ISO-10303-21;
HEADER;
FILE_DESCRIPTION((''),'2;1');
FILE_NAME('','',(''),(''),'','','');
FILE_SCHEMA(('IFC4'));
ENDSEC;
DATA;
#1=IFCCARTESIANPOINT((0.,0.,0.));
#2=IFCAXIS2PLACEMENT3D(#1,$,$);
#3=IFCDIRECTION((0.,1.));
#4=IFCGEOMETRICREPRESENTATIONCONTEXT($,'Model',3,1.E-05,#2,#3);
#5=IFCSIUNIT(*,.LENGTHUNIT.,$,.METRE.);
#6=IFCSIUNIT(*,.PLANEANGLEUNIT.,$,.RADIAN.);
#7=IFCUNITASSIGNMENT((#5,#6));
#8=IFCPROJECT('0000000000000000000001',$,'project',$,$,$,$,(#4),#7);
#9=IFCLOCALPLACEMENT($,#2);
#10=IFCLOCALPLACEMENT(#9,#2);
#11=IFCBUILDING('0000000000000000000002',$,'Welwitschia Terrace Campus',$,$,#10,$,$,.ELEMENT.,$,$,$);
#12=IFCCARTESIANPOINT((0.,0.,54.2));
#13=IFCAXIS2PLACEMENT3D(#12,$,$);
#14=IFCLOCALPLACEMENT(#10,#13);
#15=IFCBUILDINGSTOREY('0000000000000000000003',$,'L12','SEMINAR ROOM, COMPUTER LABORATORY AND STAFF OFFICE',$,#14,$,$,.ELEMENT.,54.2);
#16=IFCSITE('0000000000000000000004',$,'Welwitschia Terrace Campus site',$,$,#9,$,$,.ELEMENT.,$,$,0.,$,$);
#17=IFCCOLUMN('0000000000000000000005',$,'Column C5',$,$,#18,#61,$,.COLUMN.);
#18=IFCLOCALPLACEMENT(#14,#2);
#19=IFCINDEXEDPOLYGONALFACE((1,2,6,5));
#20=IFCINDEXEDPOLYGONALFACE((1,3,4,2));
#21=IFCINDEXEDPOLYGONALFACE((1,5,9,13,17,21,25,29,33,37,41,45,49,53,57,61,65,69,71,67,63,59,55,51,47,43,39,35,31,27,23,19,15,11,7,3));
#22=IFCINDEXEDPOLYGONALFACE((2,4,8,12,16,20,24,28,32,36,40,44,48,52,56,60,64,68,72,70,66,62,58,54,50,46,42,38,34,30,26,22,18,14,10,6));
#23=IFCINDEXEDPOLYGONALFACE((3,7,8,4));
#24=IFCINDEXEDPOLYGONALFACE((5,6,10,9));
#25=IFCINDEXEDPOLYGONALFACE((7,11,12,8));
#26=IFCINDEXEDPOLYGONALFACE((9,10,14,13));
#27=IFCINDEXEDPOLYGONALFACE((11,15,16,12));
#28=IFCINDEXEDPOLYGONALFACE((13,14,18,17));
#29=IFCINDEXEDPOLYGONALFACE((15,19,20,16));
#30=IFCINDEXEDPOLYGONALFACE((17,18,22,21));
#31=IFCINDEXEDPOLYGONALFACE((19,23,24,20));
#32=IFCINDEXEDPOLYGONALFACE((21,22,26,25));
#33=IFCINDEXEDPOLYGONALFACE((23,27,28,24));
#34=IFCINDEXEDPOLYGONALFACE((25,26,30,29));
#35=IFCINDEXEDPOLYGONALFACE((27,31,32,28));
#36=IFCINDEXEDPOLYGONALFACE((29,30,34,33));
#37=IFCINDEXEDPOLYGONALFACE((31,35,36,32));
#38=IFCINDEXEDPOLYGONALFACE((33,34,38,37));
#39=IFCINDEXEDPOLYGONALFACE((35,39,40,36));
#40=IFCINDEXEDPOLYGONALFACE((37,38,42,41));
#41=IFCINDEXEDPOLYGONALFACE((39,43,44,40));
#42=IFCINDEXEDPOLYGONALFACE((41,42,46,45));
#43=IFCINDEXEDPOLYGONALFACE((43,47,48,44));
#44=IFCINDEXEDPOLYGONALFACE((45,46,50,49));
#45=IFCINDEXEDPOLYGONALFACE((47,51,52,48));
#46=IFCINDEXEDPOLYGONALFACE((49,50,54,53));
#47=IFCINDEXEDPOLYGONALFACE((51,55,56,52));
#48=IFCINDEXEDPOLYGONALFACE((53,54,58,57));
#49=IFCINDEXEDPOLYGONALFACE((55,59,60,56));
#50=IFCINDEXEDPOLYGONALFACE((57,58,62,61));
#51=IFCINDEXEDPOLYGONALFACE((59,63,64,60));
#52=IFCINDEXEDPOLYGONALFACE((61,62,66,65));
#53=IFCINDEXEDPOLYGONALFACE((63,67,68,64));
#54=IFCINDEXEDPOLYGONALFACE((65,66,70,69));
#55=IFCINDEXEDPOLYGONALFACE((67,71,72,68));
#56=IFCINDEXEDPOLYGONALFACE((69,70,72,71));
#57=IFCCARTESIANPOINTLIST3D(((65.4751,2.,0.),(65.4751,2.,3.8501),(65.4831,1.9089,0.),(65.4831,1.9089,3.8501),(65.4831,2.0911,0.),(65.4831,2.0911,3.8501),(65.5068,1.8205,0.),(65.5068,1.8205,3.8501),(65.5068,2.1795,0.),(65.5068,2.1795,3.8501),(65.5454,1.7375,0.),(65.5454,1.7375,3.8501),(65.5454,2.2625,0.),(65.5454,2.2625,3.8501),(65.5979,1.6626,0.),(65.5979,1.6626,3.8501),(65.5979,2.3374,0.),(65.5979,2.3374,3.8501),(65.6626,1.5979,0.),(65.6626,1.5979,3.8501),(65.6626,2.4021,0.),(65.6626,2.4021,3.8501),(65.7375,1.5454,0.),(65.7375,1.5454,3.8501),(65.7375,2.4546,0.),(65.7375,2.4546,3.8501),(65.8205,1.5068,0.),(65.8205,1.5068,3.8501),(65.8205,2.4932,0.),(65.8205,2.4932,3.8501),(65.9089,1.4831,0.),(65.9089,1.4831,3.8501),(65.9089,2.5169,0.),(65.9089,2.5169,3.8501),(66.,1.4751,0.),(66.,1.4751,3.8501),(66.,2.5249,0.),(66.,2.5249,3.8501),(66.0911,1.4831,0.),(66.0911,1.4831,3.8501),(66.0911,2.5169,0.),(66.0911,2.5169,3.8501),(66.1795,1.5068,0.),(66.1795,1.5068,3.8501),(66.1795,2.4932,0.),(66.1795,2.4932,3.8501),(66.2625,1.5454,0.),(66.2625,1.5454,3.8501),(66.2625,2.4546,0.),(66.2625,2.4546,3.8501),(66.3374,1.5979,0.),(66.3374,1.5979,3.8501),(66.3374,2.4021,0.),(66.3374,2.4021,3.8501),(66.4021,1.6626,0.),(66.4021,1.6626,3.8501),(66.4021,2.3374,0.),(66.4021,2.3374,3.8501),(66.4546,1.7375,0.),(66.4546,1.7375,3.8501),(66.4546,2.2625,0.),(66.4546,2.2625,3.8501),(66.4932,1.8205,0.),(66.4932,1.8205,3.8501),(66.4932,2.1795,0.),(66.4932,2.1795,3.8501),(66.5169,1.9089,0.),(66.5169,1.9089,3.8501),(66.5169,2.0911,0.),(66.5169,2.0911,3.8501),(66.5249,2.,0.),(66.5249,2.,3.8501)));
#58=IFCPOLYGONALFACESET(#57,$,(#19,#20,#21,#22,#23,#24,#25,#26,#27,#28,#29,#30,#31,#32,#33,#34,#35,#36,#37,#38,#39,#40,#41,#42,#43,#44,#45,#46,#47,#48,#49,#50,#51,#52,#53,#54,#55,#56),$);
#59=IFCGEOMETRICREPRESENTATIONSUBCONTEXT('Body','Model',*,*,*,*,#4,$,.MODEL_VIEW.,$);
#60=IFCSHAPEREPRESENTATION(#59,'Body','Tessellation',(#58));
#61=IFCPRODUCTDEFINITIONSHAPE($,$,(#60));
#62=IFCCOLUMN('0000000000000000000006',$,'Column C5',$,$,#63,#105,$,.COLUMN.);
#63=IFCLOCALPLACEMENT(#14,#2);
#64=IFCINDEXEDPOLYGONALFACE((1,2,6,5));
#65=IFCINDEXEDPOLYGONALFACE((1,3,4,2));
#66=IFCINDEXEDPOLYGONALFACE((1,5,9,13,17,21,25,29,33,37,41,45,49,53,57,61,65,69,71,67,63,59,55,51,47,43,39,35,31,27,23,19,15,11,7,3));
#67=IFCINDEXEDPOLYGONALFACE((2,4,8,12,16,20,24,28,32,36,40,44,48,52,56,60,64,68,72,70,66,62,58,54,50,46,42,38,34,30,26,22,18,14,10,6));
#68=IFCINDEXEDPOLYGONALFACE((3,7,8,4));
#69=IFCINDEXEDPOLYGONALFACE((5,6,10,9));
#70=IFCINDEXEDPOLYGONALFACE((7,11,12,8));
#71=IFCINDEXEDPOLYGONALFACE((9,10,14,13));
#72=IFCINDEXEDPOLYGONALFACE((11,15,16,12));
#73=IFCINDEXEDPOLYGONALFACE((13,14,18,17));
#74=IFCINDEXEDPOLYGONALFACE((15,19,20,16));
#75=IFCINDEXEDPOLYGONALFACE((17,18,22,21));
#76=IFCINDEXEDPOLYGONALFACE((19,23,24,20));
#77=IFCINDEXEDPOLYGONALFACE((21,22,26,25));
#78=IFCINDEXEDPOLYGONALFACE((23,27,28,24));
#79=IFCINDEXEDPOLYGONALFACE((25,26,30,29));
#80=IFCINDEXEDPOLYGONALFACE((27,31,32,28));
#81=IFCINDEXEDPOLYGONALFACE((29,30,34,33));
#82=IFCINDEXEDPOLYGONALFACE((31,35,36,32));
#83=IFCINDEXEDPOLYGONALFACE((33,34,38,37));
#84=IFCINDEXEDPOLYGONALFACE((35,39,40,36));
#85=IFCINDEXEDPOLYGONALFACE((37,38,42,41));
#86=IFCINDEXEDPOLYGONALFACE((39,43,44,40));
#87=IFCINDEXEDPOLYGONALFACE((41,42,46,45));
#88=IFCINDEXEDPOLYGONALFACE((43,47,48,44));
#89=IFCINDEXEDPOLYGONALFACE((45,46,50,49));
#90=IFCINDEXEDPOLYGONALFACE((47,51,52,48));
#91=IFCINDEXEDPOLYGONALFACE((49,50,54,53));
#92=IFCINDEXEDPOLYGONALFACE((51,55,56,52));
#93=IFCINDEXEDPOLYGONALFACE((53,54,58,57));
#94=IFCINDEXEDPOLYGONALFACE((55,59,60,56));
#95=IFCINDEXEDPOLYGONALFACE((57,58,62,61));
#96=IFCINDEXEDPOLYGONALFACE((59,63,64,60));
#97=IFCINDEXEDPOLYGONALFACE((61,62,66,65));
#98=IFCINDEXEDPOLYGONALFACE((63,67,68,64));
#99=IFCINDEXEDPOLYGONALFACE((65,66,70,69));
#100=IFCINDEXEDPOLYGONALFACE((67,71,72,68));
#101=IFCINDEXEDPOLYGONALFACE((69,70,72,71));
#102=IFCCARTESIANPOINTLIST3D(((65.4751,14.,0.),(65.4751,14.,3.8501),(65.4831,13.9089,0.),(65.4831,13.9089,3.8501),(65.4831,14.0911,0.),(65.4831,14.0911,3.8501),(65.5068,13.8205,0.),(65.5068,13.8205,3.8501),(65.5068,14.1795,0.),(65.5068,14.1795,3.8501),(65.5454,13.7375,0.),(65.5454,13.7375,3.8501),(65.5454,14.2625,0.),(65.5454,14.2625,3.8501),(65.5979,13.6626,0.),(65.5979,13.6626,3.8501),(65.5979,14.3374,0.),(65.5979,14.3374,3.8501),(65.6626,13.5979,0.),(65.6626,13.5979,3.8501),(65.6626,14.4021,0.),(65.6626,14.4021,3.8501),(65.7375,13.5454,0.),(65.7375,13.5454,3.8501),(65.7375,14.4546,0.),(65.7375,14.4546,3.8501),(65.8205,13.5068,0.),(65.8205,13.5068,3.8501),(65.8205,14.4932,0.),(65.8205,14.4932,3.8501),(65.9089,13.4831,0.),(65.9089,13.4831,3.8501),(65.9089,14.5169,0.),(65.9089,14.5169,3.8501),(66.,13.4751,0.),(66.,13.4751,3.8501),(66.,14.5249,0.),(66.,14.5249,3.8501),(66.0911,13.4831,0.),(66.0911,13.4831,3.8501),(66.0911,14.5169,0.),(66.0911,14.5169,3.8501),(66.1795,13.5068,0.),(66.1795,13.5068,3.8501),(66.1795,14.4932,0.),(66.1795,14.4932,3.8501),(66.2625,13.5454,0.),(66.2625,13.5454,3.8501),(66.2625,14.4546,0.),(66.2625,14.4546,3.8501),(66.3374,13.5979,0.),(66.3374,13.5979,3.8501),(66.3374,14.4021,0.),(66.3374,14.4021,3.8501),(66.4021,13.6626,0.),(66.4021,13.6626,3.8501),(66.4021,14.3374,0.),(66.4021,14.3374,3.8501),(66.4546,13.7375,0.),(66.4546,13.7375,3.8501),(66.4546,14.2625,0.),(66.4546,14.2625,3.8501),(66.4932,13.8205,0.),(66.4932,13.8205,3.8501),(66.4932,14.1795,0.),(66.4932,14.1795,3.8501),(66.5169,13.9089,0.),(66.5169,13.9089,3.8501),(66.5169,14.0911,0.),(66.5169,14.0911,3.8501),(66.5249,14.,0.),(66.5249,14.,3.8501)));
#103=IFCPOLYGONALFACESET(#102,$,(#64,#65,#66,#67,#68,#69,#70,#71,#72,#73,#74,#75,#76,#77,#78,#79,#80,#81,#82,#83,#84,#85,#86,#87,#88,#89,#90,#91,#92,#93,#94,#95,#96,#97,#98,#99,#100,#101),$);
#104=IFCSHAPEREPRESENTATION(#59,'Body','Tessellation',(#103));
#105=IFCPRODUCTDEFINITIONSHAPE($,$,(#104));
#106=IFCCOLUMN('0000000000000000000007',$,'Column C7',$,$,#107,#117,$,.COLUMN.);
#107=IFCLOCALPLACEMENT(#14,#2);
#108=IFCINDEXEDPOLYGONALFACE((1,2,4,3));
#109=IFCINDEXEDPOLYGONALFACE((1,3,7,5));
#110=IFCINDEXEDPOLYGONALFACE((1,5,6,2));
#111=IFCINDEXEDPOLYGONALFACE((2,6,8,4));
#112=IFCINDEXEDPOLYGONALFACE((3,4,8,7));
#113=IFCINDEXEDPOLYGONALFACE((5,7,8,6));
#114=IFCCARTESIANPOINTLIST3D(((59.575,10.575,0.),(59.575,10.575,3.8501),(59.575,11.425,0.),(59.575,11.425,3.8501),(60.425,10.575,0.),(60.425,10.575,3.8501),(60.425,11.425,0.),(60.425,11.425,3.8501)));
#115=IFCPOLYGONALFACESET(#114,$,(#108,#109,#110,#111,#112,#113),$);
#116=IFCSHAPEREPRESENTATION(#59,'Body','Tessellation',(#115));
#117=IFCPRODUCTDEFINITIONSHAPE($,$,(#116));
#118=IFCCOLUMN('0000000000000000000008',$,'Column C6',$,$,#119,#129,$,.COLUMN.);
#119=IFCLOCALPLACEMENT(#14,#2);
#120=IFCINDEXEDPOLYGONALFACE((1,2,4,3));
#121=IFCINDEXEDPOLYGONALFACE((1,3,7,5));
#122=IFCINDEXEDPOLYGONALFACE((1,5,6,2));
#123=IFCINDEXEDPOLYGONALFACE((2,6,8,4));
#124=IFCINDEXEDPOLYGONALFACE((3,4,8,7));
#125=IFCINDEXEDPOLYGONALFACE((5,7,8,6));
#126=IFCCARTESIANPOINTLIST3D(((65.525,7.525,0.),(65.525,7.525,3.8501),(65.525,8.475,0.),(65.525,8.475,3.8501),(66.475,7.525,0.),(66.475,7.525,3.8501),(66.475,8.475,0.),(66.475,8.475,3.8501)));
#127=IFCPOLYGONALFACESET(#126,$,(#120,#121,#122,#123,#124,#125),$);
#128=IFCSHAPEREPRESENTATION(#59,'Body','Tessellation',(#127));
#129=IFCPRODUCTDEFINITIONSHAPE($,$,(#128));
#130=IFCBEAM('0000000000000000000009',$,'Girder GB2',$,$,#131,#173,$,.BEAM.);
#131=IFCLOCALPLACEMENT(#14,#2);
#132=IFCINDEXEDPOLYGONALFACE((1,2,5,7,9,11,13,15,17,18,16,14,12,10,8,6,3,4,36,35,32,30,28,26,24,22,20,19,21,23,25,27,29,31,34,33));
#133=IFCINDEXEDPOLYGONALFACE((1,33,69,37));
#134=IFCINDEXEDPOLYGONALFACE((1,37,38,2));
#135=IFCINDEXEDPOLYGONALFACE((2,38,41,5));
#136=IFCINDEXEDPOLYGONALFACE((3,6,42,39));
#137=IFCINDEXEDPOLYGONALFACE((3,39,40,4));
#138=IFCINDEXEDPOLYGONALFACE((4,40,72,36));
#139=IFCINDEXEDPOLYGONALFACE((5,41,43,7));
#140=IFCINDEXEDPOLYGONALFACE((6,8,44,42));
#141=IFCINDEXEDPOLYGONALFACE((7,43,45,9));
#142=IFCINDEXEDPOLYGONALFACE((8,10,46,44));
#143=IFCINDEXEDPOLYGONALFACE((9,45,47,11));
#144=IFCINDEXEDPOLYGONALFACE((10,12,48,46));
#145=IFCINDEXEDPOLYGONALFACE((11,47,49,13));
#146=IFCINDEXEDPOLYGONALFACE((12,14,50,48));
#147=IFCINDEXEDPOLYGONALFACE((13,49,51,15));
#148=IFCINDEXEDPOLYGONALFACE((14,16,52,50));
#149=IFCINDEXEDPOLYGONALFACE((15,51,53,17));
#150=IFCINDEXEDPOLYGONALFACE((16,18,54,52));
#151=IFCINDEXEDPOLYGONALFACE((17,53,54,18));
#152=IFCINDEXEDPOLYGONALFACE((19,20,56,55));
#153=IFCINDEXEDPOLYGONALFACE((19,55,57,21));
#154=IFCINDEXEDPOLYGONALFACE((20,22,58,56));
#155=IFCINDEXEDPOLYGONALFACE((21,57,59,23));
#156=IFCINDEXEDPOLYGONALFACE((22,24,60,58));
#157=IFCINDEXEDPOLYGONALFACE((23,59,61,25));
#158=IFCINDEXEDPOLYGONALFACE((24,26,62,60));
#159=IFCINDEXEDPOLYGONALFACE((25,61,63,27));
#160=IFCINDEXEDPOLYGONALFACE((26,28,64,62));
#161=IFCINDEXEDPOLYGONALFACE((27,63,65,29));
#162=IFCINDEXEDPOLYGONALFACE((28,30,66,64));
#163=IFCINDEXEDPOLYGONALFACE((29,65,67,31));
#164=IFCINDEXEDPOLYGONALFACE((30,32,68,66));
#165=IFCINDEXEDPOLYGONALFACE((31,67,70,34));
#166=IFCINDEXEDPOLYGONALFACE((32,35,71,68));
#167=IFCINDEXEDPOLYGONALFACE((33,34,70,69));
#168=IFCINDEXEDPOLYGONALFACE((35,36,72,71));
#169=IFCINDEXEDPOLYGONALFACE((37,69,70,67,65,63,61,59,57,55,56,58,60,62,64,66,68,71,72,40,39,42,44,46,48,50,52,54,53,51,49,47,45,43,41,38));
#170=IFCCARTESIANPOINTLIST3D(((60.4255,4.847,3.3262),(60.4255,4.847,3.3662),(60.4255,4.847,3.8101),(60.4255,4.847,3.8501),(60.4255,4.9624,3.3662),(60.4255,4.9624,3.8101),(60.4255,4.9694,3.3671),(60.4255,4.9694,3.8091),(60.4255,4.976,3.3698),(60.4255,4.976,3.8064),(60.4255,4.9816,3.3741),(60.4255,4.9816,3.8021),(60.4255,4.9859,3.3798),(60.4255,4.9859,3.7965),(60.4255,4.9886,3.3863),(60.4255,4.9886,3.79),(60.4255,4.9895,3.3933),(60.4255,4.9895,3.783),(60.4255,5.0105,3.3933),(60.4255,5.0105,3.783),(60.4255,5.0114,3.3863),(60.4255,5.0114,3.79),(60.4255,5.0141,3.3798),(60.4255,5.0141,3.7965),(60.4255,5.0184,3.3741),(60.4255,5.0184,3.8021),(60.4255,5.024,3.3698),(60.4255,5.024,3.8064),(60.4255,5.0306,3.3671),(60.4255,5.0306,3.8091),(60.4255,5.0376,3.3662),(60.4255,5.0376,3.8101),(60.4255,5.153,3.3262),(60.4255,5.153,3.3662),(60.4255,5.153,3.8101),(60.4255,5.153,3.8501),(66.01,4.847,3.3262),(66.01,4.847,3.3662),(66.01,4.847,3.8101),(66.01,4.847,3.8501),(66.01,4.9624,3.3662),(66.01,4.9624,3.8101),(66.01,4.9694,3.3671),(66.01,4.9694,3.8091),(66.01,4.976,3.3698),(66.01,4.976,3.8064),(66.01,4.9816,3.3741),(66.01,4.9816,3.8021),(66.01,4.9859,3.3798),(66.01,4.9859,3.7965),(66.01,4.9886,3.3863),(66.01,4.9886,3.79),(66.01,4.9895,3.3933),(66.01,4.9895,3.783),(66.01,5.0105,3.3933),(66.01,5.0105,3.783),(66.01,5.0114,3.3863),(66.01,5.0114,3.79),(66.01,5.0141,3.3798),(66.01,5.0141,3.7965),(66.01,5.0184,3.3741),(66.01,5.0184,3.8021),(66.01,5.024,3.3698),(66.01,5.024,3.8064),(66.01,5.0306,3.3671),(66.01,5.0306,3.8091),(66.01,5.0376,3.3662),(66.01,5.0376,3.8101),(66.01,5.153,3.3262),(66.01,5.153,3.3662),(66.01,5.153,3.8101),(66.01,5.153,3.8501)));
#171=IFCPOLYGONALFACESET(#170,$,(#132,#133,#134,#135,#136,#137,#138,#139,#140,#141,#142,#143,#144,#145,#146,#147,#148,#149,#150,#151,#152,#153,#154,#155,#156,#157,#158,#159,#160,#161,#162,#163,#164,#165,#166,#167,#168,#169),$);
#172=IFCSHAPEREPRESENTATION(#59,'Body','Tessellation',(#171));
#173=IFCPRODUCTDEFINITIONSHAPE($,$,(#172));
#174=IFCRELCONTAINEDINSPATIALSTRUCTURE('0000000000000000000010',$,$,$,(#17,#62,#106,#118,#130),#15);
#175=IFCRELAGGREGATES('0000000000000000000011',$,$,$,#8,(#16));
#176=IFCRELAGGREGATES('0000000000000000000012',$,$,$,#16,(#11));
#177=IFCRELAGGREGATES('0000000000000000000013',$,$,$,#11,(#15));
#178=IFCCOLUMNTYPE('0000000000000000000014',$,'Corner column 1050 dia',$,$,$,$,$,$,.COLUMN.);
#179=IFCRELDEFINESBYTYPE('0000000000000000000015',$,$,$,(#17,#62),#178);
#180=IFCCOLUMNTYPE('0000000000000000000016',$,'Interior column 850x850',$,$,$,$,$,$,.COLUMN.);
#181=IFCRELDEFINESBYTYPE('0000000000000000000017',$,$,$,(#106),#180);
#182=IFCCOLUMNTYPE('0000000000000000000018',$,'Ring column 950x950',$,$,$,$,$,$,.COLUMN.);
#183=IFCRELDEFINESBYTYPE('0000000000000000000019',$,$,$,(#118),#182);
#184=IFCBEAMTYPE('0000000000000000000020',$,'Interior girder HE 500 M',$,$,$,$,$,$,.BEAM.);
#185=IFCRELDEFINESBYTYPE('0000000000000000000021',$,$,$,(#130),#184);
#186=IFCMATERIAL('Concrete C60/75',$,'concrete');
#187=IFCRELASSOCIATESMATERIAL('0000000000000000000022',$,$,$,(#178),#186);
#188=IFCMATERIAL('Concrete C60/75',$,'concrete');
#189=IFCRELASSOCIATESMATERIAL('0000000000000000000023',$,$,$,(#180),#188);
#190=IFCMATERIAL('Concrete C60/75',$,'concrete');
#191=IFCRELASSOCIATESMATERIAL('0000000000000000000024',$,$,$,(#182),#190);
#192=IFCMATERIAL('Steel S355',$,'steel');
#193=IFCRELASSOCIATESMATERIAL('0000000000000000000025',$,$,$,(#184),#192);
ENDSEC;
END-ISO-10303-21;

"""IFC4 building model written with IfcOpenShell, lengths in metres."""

from ifc_helpers import new_model, si_unit, direction, frame, origin, origin_2d, place, context, subcontext, project, spatial, rectangle, circle, i_section, extrude, material, material_profile, profile_set, type_object, element, save


model = new_model("IFC4")

# Units and contexts
model_context = context("Model", 3, precision=1e-05, world=origin(), true_north=direction((0.0, 1.0)))
body_context = subcontext(model_context, "Body", "Model", "MODEL_VIEW")
ifc_project = project(units=[si_unit("LENGTHUNIT", "METRE"), si_unit("PLANEANGLEUNIT", "RADIAN")], contexts=[model_context])

# Site, building, storey
site_placement = place(None, origin())
site = spatial("IfcSite", under=ifc_project, at=site_placement, Name="Welwitschia Terrace Campus site", CompositionType="ELEMENT", RefElevation=0.0)
building_placement = place(site_placement, origin())
building = spatial("IfcBuilding", under=site, at=building_placement, Name="Welwitschia Terrace Campus", CompositionType="ELEMENT")
storey_placement = place(building_placement, frame((0.0, 0.0, 54.2)))
storey = spatial("IfcBuildingStorey", under=building, at=storey_placement, Name="L12", Description="SEMINAR ROOM, COMPUTER LABORATORY AND STAFF OFFICE", CompositionType="ELEMENT", Elevation=54.2)

# Columns
ifc_material_1 = material(Name="Concrete C60/75", Category="concrete")
ifc_material_profile_1 = material_profile(ifc_material_1, circle(Radius=0.5249, at=origin_2d()))
ifc_profile_set_1 = profile_set([ifc_material_profile_1], Name="Concrete C60/75")
column_type_1 = type_object("IfcColumnType", Name="Corner column 1050 dia", PredefinedType="COLUMN", material=ifc_profile_set_1)
for number, where, z_axis, x_axis, name in (
    (1, (66.0, 2.0, 0.0), (0.0, 0.0, 1.0), (1.0, 0.0, 0.0), "Column C5"),
    (2, (66.0, 14.0, 0.0), (0.0, 0.0, 1.0), (1.0, 0.0, 0.0), "Column C5"),
):
    element("IfcColumn", number, at=place(storey_placement, frame(where, z_axis=z_axis, x_axis=x_axis)), inside=storey, type_object=column_type_1, Name=name, PredefinedType="COLUMN", context=body_context, shape_type="SweptSolid", body=[
        extrude(circle(Radius=0.5249, at=origin_2d()), origin(), (0.0, 0.0, 1.0), 3.8501),
    ])
ifc_material_2 = material(Name="Concrete C60/75", Category="concrete")
ifc_material_profile_2 = material_profile(ifc_material_2, rectangle(XDim=0.8501, YDim=0.8501, at=origin_2d()))
ifc_profile_set_2 = profile_set([ifc_material_profile_2], Name="Concrete C60/75")
column_type_2 = type_object("IfcColumnType", Name="Interior column 850x850", PredefinedType="COLUMN", material=ifc_profile_set_2)
column_1_placement = place(storey_placement, frame((60.0, 11.0, 0.0), z_axis=(0.0, 0.0, 1.0), x_axis=(1.0, 0.0, 0.0)))
element("IfcColumn", 3, at=column_1_placement, inside=storey, type_object=column_type_2, Name="Column C7", PredefinedType="COLUMN", context=body_context, shape_type="SweptSolid", body=[
    extrude(rectangle(XDim=0.8501, YDim=0.8501, at=origin_2d()), origin(), (0.0, 0.0, 1.0), 3.8501),
])
ifc_material_3 = material(Name="Concrete C60/75", Category="concrete")
ifc_material_profile_3 = material_profile(ifc_material_3, rectangle(XDim=0.95, YDim=0.95, at=origin_2d()))
ifc_profile_set_3 = profile_set([ifc_material_profile_3], Name="Concrete C60/75")
column_type_3 = type_object("IfcColumnType", Name="Ring column 950x950", PredefinedType="COLUMN", material=ifc_profile_set_3)
column_2_placement = place(storey_placement, frame((66.0, 8.0, 0.0), z_axis=(0.0, 0.0, 1.0), x_axis=(1.0, 0.0, 0.0)))
element("IfcColumn", 4, at=column_2_placement, inside=storey, type_object=column_type_3, Name="Column C6", PredefinedType="COLUMN", context=body_context, shape_type="SweptSolid", body=[
    extrude(rectangle(XDim=0.95, YDim=0.95, at=origin_2d()), origin(), (0.0, 0.0, 1.0), 3.8501),
])

# Beam
ifc_material_4 = material(Name="Steel S355", Category="steel")
ifc_material_profile_4 = material_profile(ifc_material_4, i_section(OverallWidth=0.3059, OverallDepth=0.5239, WebThickness=0.021, FlangeThickness=0.04, FilletRadius=0.0271, at=origin_2d()))
ifc_profile_set_4 = profile_set([ifc_material_profile_4], Name="Steel S355")
beam_type_1 = type_object("IfcBeamType", Name="Interior girder HE 500 M", PredefinedType="BEAM", material=ifc_profile_set_4)
for number, where, z_axis, x_axis, name in (
    (5, (60.4255, 5.0, 3.5881), (1.0, 0.0, 0.0), (0.0, 1.0, 0.0), "Girder GB2"),
):
    element("IfcBeam", number, at=place(storey_placement, frame(where, z_axis=z_axis, x_axis=x_axis)), inside=storey, type_object=beam_type_1, Name=name, PredefinedType="BEAM", context=body_context, shape_type="SweptSolid", body=[
        extrude(i_section(OverallWidth=0.3059, OverallDepth=0.5239, WebThickness=0.021, FlangeThickness=0.04, FilletRadius=0.0271, at=origin_2d()), origin(), (0.0, 0.0, 1.0), 5.5845),
    ])

save(model, "model.ifc")
